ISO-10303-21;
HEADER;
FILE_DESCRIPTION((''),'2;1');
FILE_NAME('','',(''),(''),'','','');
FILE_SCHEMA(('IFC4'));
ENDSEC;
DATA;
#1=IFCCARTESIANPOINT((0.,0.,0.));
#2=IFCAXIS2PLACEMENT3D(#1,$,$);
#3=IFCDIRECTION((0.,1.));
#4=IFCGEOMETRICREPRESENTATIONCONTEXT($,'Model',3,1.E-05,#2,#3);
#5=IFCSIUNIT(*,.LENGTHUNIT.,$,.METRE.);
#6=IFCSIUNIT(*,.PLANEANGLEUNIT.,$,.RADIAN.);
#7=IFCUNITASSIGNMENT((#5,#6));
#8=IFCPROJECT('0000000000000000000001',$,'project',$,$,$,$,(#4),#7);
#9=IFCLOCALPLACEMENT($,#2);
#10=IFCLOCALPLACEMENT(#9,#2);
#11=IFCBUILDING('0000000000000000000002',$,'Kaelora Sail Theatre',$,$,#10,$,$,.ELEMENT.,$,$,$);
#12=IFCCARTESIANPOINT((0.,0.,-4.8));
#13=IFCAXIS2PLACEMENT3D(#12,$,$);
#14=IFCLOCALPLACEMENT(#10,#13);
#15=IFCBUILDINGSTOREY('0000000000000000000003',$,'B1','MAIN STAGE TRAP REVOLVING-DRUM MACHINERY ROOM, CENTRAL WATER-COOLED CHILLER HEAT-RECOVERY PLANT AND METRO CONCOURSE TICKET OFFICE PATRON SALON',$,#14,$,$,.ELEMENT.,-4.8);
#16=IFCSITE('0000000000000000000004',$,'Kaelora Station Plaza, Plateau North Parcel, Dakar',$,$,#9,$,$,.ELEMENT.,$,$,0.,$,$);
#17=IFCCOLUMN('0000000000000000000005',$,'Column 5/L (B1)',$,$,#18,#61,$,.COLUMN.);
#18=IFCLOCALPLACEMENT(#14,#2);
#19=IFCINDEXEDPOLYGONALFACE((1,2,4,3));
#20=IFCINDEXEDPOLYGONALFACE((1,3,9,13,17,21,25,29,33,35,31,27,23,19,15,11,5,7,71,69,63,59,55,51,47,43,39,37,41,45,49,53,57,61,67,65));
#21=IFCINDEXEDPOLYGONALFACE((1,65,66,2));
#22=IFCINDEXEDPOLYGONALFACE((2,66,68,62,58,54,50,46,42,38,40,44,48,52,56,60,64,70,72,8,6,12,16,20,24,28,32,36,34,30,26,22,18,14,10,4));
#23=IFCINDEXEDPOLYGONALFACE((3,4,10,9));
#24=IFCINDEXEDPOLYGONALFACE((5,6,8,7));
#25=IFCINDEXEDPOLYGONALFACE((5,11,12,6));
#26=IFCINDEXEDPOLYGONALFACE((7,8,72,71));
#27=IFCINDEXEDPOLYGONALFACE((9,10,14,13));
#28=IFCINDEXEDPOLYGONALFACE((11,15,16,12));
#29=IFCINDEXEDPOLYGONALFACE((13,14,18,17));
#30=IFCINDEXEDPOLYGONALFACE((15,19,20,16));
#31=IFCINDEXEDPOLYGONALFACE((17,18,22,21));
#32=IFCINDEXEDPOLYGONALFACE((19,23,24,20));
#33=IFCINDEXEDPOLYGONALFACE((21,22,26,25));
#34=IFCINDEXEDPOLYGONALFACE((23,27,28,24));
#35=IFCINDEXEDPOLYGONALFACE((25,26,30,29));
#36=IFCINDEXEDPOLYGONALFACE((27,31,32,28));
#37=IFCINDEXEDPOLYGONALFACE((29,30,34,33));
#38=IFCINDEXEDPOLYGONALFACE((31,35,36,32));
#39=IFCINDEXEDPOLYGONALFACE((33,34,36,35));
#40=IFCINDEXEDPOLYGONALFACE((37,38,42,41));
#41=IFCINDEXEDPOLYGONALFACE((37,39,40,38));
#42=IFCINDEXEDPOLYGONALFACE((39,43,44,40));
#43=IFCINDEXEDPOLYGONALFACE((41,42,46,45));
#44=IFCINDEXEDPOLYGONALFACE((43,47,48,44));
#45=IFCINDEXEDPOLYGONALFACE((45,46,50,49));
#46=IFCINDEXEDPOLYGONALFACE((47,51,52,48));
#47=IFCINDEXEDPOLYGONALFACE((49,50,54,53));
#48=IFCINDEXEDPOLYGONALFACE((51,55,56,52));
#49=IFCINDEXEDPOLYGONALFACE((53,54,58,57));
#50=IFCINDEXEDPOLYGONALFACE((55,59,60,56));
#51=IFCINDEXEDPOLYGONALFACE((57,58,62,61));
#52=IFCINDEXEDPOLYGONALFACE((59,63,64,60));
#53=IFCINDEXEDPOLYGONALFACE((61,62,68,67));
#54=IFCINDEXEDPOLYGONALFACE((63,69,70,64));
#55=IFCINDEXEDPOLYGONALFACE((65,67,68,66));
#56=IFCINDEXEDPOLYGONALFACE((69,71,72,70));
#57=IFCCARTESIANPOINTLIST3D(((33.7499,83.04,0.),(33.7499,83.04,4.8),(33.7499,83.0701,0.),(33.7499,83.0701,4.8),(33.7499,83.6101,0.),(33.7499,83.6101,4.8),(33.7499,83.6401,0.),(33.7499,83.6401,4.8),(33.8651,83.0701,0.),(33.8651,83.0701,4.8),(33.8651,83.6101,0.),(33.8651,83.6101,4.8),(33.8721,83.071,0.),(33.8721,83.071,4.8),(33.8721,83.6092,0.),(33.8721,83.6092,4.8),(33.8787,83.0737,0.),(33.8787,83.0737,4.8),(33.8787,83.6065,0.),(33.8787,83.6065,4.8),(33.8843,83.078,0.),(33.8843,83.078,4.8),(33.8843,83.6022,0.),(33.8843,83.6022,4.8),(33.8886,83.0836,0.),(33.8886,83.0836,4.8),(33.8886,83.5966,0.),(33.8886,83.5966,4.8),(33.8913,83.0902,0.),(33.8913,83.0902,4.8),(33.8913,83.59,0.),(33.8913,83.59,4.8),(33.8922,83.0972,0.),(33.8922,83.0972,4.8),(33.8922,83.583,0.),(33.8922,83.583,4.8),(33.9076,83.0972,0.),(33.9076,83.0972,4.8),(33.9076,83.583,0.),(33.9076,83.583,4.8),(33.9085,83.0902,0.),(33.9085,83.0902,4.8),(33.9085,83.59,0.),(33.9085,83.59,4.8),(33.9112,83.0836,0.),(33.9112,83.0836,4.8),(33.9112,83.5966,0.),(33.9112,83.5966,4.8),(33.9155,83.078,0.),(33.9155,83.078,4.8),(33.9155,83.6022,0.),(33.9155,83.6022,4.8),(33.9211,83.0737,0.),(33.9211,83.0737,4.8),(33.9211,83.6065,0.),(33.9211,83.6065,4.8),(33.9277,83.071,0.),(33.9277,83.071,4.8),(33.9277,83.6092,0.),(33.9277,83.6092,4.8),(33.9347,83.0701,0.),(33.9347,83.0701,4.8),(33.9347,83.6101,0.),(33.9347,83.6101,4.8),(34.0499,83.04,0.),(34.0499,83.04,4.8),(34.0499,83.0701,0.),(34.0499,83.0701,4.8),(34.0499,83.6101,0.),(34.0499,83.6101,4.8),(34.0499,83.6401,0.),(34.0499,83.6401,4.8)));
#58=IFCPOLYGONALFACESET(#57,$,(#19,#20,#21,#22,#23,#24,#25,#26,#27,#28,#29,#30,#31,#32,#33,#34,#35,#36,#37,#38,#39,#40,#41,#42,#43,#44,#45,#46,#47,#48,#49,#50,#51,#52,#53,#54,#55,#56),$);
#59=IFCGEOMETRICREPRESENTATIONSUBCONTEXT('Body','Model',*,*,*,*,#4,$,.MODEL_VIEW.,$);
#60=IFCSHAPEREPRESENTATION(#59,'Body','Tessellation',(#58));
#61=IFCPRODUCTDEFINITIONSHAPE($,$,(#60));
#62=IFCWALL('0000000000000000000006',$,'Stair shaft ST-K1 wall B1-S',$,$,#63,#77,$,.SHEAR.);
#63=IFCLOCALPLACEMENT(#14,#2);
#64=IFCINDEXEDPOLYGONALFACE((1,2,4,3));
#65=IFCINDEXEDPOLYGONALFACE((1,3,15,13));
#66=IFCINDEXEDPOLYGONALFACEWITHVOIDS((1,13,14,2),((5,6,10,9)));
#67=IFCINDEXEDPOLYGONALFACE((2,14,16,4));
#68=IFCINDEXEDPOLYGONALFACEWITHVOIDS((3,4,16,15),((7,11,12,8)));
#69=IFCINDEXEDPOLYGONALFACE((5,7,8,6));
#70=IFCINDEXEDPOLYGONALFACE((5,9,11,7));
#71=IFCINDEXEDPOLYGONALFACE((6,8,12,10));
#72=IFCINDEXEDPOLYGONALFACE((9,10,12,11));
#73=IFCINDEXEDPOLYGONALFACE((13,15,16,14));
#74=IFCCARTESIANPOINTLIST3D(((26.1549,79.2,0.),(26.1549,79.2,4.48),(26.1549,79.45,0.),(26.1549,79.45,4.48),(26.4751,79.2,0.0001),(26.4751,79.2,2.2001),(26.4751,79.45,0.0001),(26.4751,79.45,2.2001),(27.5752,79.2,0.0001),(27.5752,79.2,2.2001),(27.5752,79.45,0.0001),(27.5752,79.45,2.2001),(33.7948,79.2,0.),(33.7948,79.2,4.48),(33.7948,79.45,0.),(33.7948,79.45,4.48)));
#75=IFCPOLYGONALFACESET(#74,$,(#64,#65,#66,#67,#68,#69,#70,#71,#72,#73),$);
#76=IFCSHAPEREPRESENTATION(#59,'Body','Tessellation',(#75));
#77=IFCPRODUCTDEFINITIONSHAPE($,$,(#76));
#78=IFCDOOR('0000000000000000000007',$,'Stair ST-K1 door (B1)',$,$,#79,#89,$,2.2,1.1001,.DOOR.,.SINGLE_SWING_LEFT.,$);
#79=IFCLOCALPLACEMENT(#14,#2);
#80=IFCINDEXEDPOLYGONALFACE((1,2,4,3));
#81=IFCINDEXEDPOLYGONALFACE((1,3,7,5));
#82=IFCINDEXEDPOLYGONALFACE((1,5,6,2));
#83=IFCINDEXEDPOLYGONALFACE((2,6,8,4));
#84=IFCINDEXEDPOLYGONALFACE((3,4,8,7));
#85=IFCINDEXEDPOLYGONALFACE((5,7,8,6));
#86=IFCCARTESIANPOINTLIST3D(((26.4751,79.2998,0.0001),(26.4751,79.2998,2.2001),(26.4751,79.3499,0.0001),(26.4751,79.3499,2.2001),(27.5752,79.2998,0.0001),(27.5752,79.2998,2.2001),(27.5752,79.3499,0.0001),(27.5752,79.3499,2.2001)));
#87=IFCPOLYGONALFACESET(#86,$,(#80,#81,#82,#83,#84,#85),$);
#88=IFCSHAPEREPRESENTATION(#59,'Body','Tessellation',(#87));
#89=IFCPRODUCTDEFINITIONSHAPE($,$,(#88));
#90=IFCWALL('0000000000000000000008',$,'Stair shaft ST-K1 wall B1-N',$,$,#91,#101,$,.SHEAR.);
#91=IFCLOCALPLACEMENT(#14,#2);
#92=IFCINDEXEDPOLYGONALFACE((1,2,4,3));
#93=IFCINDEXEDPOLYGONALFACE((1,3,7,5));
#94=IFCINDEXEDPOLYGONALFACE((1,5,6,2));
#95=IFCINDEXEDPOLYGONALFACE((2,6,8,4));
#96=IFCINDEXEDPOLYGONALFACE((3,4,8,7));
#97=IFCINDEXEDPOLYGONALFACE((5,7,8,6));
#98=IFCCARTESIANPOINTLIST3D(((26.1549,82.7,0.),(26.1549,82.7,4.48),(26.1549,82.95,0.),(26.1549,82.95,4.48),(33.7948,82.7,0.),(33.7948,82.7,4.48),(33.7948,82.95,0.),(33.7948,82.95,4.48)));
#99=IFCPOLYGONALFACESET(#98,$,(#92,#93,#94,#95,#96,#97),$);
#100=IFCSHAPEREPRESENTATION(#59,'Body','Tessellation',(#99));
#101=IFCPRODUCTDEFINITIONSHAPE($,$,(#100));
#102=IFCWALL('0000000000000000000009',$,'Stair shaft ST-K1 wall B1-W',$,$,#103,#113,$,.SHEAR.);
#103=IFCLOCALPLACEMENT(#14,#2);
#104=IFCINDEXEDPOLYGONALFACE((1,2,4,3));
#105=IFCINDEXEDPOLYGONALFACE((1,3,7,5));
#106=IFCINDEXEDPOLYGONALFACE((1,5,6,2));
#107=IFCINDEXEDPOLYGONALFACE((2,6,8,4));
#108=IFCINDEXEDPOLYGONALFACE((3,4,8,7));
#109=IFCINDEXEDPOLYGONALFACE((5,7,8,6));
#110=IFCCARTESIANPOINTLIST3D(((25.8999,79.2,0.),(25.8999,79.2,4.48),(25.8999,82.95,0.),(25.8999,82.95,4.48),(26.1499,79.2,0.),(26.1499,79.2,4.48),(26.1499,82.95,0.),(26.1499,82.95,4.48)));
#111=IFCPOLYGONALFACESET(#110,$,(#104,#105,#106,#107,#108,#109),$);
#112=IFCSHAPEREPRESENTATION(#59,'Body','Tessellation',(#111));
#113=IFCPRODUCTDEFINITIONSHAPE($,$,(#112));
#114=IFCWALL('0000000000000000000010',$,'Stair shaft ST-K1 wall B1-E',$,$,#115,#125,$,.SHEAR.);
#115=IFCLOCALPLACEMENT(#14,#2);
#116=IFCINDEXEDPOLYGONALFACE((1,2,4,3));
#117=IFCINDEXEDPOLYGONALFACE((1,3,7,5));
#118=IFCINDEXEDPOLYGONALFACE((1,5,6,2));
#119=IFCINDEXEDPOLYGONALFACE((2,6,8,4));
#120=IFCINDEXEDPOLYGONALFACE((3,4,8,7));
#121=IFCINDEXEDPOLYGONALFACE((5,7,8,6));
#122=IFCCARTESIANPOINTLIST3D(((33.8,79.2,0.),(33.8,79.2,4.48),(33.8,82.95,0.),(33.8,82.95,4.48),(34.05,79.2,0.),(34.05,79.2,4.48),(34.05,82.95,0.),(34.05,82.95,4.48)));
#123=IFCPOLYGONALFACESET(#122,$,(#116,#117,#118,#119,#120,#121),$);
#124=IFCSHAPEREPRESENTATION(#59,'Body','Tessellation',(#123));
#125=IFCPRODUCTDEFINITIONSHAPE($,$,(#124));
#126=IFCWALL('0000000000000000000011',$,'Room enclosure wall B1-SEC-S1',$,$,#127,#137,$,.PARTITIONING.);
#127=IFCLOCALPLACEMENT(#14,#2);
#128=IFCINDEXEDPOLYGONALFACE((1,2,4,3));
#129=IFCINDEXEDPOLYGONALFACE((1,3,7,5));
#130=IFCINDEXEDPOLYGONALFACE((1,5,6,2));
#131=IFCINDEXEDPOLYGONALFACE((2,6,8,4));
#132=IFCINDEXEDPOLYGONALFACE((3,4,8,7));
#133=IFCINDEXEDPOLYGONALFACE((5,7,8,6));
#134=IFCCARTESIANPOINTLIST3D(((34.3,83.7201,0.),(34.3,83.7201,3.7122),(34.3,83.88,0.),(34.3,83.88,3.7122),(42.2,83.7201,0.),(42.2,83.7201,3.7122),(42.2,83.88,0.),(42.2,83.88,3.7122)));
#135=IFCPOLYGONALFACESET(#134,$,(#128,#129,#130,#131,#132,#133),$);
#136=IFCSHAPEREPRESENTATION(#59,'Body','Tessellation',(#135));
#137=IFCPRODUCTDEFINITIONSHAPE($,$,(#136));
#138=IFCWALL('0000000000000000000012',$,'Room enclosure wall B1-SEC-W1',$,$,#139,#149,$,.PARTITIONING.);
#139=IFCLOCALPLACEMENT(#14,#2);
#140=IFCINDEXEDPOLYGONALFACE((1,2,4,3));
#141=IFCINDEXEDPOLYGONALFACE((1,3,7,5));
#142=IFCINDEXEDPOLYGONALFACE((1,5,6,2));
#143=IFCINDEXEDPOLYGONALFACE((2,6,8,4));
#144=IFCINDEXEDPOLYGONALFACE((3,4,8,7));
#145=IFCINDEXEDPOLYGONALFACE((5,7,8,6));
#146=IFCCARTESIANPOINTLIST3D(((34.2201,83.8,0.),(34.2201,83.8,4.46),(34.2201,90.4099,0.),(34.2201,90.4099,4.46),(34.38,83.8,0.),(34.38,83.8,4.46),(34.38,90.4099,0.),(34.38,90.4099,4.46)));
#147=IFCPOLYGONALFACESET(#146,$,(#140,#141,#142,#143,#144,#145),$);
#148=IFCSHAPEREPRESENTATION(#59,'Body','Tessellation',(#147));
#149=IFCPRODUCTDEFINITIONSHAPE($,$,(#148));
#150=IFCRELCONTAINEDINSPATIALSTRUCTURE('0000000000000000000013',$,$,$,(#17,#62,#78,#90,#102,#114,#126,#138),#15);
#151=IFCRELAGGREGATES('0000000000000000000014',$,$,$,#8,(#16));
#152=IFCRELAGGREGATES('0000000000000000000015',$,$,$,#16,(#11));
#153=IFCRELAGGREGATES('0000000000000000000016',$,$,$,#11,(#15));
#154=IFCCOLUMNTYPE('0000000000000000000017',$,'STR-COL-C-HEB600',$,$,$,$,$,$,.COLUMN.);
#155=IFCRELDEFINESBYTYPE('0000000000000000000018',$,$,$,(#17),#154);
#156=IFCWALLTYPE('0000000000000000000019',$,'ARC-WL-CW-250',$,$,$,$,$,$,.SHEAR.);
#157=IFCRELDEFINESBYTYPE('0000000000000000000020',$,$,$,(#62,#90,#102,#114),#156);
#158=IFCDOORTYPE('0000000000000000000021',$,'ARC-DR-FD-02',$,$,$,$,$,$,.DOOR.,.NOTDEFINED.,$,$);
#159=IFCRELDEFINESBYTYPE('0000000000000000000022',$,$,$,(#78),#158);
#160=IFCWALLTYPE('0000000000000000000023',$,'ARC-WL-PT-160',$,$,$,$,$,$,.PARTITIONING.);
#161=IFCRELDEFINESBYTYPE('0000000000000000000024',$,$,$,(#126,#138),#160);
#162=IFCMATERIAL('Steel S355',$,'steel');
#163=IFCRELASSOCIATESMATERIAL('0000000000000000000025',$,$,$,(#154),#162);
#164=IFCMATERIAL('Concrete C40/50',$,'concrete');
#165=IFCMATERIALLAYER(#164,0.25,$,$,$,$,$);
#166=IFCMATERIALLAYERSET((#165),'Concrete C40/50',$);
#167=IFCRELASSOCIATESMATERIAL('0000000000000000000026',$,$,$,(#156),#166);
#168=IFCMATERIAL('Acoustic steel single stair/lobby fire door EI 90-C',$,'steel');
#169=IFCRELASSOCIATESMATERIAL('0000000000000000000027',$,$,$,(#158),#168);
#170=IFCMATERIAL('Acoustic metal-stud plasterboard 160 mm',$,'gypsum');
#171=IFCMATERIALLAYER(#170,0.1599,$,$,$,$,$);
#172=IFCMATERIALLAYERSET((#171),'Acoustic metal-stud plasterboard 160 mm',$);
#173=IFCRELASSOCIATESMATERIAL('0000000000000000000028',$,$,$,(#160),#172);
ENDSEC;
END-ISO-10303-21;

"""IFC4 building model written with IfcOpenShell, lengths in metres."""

from ifc_helpers import new_model, si_unit, direction, frame, frame_2d, origin, origin_2d, place, context, subcontext, project, spatial, rectangle, i_section, extrude, material, layer, layer_set, material_profile, profile_set, type_object, element, fill, save


model = new_model("IFC4")

# Units and contexts
model_context = context("Model", 3, precision=1e-05, world=origin(), true_north=direction((0.0, 1.0)))
body_context = subcontext(model_context, "Body", "Model", "MODEL_VIEW")
ifc_project = project(units=[si_unit("LENGTHUNIT", "METRE"), si_unit("PLANEANGLEUNIT", "RADIAN")], contexts=[model_context])

# Site, building, storey
site_placement = place(None, origin())
site = spatial("IfcSite", under=ifc_project, at=site_placement, Name="Kaelora Station Plaza, Plateau North Parcel, Dakar", CompositionType="ELEMENT", RefElevation=0.0)
building_placement = place(site_placement, origin())
building = spatial("IfcBuilding", under=site, at=building_placement, Name="Kaelora Sail Theatre", CompositionType="ELEMENT")
storey_placement = place(building_placement, frame((0.0, 0.0, -4.8)))
storey = spatial("IfcBuildingStorey", under=building, at=storey_placement, Name="B1", Description="MAIN STAGE TRAP REVOLVING-DRUM MACHINERY ROOM, CENTRAL WATER-COOLED CHILLER HEAT-RECOVERY PLANT AND METRO CONCOURSE TICKET OFFICE PATRON SALON", CompositionType="ELEMENT", Elevation=-4.8)

# Column
ifc_material_1 = material(Name="Steel S355", Category="steel")
ifc_material_profile_1 = material_profile(ifc_material_1, i_section(OverallWidth=0.3, OverallDepth=0.6001, WebThickness=0.0154, FlangeThickness=0.03, FilletRadius=0.0271, at=origin_2d()), Name="HEB 600")
ifc_profile_set_1 = profile_set([ifc_material_profile_1], Name="Steel S355")
column_type_1 = type_object("IfcColumnType", Name="STR-COL-C-HEB600", PredefinedType="COLUMN", material=ifc_profile_set_1)
for number, where, z_axis, x_axis, name in (
    (1, (33.8999, 83.3401, 0.0), (0.0, 0.0, 1.0), (1.0, 0.0, 0.0), "Column 5/L (B1)"),
):
    element("IfcColumn", number, at=place(storey_placement, frame(where, z_axis=z_axis, x_axis=x_axis)), inside=storey, type_object=column_type_1, Name=name, PredefinedType="COLUMN", context=body_context, shape_type="SweptSolid", body=[
        extrude(i_section(OverallWidth=0.3, OverallDepth=0.6001, WebThickness=0.0154, FlangeThickness=0.03, FilletRadius=0.0271, at=origin_2d()), origin(), (0.0, 0.0, 1.0), 4.8),
    ])

# Wall, opening, door
ifc_material_2 = material(Name="Concrete C40/50", Category="concrete")
ifc_layer_1 = layer(ifc_material_2, 0.25)
ifc_layer_set_1 = layer_set([ifc_layer_1], Name="Concrete C40/50")
wall_type_1 = type_object("IfcWallType", Name="ARC-WL-CW-250", PredefinedType="SHEAR", material=ifc_layer_set_1)
wall_1_placement = place(storey_placement, frame((26.155, 79.325, 0.0), z_axis=(0.0, 0.0, 1.0), x_axis=(1.0, 0.0, 0.0)))
wall_1 = element("IfcWall", 2, at=wall_1_placement, inside=storey, type_object=wall_type_1, Name="Stair shaft ST-K1 wall B1-S", PredefinedType="SHEAR", context=body_context, shape_type="SweptSolid", body=[
    extrude(rectangle(XDim=7.6399, YDim=0.25, at=frame_2d((3.8198, 0.0))), origin(), (0.0, 0.0, 1.0), 4.48),
])
opening_placement = place(wall_1_placement, frame((0.3201, 0.0, 0.0)))
opening = element("IfcOpeningElement", 3, at=opening_placement, cuts=wall_1, PredefinedType="OPENING", context=body_context, shape_type="SweptSolid", body=[
    extrude(rectangle(XDim=1.1001, YDim=2.2, at=frame_2d((0.55, 1.1001))), frame((0.0, 0.135, 0.0), z_axis=(0.0, -1.0, 0.0), x_axis=(1.0, 0.0, 0.0)), (0.0, 0.0, 1.0), 0.27),
])
ifc_material_3 = material(Name="Acoustic steel single stair/lobby fire door EI 90-C", Category="steel")
door_type = type_object("IfcDoorType", Name="ARC-DR-FD-02", OperationType="NOTDEFINED", PredefinedType="DOOR", material=ifc_material_3)
door_placement = place(opening_placement, origin())
door = element("IfcDoor", 4, at=door_placement, inside=storey, type_object=door_type, Name="Stair ST-K1 door (B1)", OperationType="SINGLE_SWING_LEFT", OverallHeight=2.2, OverallWidth=1.1001, PredefinedType="DOOR", context=body_context, shape_type="SweptSolid", body=[
    extrude(rectangle(XDim=1.1001, YDim=2.2, at=frame_2d((0.55, 1.1001))), frame((0.0, 0.0249, 0.0), z_axis=(0.0, -1.0, 0.0), x_axis=(1.0, 0.0, 0.0)), (0.0, 0.0, 1.0), 0.05),
])
fill(opening, door)

# Walls
wall_2_placement = place(storey_placement, frame((26.155, 82.825, 0.0), z_axis=(0.0, 0.0, 1.0), x_axis=(1.0, 0.0, 0.0)))
element("IfcWall", 5, at=wall_2_placement, inside=storey, type_object=wall_type_1, Name="Stair shaft ST-K1 wall B1-N", PredefinedType="SHEAR", context=body_context, shape_type="SweptSolid", body=[
    extrude(rectangle(XDim=7.6399, YDim=0.25, at=frame_2d((3.8198, 0.0))), origin(), (0.0, 0.0, 1.0), 4.48),
])
for number, where, z_axis, x_axis, name in (
    (6, (26.0249, 79.2, 0.0), (0.0, 0.0, 1.0), (0.0, 1.0, 0.0), "Stair shaft ST-K1 wall B1-W"),
    (7, (33.925, 79.2, 0.0), (0.0, 0.0, 1.0), (0.0, 1.0, 0.0), "Stair shaft ST-K1 wall B1-E"),
):
    element("IfcWall", number, at=place(storey_placement, frame(where, z_axis=z_axis, x_axis=x_axis)), inside=storey, type_object=wall_type_1, Name=name, PredefinedType="SHEAR", context=body_context, shape_type="SweptSolid", body=[
        extrude(rectangle(XDim=3.75, YDim=0.25, at=frame_2d((1.875, 0.0))), origin(), (0.0, 0.0, 1.0), 4.48),
    ])
ifc_material_4 = material(Name="Acoustic metal-stud plasterboard 160 mm", Category="gypsum")
ifc_layer_2 = layer(ifc_material_4, 0.1599)
ifc_layer_set_2 = layer_set([ifc_layer_2], Name="Acoustic metal-stud plasterboard 160 mm")
wall_type_2 = type_object("IfcWallType", Name="ARC-WL-PT-160", PredefinedType="PARTITIONING", material=ifc_layer_set_2)
wall_3_placement = place(storey_placement, frame((34.3, 83.8, 0.0), z_axis=(0.0, 0.0, 1.0), x_axis=(1.0, 0.0, 0.0)))
element("IfcWall", 8, at=wall_3_placement, inside=storey, type_object=wall_type_2, Name="Room enclosure wall B1-SEC-S1", PredefinedType="PARTITIONING", context=body_context, shape_type="SweptSolid", body=[
    extrude(rectangle(XDim=7.8999, YDim=0.1599, at=frame_2d((3.95, 0.0))), origin(), (0.0, 0.0, 1.0), 3.7122),
])
wall_4_placement = place(storey_placement, frame((34.3, 83.8, 0.0), z_axis=(0.0, 0.0, 1.0), x_axis=(0.0, 1.0, 0.0)))
element("IfcWall", 9, at=wall_4_placement, inside=storey, type_object=wall_type_2, Name="Room enclosure wall B1-SEC-W1", PredefinedType="PARTITIONING", context=body_context, shape_type="SweptSolid", body=[
    extrude(rectangle(XDim=6.6099, YDim=0.1599, at=frame_2d((3.3049, 0.0))), origin(), (0.0, 0.0, 1.0), 4.46),
])

save(model, "model.ifc")
